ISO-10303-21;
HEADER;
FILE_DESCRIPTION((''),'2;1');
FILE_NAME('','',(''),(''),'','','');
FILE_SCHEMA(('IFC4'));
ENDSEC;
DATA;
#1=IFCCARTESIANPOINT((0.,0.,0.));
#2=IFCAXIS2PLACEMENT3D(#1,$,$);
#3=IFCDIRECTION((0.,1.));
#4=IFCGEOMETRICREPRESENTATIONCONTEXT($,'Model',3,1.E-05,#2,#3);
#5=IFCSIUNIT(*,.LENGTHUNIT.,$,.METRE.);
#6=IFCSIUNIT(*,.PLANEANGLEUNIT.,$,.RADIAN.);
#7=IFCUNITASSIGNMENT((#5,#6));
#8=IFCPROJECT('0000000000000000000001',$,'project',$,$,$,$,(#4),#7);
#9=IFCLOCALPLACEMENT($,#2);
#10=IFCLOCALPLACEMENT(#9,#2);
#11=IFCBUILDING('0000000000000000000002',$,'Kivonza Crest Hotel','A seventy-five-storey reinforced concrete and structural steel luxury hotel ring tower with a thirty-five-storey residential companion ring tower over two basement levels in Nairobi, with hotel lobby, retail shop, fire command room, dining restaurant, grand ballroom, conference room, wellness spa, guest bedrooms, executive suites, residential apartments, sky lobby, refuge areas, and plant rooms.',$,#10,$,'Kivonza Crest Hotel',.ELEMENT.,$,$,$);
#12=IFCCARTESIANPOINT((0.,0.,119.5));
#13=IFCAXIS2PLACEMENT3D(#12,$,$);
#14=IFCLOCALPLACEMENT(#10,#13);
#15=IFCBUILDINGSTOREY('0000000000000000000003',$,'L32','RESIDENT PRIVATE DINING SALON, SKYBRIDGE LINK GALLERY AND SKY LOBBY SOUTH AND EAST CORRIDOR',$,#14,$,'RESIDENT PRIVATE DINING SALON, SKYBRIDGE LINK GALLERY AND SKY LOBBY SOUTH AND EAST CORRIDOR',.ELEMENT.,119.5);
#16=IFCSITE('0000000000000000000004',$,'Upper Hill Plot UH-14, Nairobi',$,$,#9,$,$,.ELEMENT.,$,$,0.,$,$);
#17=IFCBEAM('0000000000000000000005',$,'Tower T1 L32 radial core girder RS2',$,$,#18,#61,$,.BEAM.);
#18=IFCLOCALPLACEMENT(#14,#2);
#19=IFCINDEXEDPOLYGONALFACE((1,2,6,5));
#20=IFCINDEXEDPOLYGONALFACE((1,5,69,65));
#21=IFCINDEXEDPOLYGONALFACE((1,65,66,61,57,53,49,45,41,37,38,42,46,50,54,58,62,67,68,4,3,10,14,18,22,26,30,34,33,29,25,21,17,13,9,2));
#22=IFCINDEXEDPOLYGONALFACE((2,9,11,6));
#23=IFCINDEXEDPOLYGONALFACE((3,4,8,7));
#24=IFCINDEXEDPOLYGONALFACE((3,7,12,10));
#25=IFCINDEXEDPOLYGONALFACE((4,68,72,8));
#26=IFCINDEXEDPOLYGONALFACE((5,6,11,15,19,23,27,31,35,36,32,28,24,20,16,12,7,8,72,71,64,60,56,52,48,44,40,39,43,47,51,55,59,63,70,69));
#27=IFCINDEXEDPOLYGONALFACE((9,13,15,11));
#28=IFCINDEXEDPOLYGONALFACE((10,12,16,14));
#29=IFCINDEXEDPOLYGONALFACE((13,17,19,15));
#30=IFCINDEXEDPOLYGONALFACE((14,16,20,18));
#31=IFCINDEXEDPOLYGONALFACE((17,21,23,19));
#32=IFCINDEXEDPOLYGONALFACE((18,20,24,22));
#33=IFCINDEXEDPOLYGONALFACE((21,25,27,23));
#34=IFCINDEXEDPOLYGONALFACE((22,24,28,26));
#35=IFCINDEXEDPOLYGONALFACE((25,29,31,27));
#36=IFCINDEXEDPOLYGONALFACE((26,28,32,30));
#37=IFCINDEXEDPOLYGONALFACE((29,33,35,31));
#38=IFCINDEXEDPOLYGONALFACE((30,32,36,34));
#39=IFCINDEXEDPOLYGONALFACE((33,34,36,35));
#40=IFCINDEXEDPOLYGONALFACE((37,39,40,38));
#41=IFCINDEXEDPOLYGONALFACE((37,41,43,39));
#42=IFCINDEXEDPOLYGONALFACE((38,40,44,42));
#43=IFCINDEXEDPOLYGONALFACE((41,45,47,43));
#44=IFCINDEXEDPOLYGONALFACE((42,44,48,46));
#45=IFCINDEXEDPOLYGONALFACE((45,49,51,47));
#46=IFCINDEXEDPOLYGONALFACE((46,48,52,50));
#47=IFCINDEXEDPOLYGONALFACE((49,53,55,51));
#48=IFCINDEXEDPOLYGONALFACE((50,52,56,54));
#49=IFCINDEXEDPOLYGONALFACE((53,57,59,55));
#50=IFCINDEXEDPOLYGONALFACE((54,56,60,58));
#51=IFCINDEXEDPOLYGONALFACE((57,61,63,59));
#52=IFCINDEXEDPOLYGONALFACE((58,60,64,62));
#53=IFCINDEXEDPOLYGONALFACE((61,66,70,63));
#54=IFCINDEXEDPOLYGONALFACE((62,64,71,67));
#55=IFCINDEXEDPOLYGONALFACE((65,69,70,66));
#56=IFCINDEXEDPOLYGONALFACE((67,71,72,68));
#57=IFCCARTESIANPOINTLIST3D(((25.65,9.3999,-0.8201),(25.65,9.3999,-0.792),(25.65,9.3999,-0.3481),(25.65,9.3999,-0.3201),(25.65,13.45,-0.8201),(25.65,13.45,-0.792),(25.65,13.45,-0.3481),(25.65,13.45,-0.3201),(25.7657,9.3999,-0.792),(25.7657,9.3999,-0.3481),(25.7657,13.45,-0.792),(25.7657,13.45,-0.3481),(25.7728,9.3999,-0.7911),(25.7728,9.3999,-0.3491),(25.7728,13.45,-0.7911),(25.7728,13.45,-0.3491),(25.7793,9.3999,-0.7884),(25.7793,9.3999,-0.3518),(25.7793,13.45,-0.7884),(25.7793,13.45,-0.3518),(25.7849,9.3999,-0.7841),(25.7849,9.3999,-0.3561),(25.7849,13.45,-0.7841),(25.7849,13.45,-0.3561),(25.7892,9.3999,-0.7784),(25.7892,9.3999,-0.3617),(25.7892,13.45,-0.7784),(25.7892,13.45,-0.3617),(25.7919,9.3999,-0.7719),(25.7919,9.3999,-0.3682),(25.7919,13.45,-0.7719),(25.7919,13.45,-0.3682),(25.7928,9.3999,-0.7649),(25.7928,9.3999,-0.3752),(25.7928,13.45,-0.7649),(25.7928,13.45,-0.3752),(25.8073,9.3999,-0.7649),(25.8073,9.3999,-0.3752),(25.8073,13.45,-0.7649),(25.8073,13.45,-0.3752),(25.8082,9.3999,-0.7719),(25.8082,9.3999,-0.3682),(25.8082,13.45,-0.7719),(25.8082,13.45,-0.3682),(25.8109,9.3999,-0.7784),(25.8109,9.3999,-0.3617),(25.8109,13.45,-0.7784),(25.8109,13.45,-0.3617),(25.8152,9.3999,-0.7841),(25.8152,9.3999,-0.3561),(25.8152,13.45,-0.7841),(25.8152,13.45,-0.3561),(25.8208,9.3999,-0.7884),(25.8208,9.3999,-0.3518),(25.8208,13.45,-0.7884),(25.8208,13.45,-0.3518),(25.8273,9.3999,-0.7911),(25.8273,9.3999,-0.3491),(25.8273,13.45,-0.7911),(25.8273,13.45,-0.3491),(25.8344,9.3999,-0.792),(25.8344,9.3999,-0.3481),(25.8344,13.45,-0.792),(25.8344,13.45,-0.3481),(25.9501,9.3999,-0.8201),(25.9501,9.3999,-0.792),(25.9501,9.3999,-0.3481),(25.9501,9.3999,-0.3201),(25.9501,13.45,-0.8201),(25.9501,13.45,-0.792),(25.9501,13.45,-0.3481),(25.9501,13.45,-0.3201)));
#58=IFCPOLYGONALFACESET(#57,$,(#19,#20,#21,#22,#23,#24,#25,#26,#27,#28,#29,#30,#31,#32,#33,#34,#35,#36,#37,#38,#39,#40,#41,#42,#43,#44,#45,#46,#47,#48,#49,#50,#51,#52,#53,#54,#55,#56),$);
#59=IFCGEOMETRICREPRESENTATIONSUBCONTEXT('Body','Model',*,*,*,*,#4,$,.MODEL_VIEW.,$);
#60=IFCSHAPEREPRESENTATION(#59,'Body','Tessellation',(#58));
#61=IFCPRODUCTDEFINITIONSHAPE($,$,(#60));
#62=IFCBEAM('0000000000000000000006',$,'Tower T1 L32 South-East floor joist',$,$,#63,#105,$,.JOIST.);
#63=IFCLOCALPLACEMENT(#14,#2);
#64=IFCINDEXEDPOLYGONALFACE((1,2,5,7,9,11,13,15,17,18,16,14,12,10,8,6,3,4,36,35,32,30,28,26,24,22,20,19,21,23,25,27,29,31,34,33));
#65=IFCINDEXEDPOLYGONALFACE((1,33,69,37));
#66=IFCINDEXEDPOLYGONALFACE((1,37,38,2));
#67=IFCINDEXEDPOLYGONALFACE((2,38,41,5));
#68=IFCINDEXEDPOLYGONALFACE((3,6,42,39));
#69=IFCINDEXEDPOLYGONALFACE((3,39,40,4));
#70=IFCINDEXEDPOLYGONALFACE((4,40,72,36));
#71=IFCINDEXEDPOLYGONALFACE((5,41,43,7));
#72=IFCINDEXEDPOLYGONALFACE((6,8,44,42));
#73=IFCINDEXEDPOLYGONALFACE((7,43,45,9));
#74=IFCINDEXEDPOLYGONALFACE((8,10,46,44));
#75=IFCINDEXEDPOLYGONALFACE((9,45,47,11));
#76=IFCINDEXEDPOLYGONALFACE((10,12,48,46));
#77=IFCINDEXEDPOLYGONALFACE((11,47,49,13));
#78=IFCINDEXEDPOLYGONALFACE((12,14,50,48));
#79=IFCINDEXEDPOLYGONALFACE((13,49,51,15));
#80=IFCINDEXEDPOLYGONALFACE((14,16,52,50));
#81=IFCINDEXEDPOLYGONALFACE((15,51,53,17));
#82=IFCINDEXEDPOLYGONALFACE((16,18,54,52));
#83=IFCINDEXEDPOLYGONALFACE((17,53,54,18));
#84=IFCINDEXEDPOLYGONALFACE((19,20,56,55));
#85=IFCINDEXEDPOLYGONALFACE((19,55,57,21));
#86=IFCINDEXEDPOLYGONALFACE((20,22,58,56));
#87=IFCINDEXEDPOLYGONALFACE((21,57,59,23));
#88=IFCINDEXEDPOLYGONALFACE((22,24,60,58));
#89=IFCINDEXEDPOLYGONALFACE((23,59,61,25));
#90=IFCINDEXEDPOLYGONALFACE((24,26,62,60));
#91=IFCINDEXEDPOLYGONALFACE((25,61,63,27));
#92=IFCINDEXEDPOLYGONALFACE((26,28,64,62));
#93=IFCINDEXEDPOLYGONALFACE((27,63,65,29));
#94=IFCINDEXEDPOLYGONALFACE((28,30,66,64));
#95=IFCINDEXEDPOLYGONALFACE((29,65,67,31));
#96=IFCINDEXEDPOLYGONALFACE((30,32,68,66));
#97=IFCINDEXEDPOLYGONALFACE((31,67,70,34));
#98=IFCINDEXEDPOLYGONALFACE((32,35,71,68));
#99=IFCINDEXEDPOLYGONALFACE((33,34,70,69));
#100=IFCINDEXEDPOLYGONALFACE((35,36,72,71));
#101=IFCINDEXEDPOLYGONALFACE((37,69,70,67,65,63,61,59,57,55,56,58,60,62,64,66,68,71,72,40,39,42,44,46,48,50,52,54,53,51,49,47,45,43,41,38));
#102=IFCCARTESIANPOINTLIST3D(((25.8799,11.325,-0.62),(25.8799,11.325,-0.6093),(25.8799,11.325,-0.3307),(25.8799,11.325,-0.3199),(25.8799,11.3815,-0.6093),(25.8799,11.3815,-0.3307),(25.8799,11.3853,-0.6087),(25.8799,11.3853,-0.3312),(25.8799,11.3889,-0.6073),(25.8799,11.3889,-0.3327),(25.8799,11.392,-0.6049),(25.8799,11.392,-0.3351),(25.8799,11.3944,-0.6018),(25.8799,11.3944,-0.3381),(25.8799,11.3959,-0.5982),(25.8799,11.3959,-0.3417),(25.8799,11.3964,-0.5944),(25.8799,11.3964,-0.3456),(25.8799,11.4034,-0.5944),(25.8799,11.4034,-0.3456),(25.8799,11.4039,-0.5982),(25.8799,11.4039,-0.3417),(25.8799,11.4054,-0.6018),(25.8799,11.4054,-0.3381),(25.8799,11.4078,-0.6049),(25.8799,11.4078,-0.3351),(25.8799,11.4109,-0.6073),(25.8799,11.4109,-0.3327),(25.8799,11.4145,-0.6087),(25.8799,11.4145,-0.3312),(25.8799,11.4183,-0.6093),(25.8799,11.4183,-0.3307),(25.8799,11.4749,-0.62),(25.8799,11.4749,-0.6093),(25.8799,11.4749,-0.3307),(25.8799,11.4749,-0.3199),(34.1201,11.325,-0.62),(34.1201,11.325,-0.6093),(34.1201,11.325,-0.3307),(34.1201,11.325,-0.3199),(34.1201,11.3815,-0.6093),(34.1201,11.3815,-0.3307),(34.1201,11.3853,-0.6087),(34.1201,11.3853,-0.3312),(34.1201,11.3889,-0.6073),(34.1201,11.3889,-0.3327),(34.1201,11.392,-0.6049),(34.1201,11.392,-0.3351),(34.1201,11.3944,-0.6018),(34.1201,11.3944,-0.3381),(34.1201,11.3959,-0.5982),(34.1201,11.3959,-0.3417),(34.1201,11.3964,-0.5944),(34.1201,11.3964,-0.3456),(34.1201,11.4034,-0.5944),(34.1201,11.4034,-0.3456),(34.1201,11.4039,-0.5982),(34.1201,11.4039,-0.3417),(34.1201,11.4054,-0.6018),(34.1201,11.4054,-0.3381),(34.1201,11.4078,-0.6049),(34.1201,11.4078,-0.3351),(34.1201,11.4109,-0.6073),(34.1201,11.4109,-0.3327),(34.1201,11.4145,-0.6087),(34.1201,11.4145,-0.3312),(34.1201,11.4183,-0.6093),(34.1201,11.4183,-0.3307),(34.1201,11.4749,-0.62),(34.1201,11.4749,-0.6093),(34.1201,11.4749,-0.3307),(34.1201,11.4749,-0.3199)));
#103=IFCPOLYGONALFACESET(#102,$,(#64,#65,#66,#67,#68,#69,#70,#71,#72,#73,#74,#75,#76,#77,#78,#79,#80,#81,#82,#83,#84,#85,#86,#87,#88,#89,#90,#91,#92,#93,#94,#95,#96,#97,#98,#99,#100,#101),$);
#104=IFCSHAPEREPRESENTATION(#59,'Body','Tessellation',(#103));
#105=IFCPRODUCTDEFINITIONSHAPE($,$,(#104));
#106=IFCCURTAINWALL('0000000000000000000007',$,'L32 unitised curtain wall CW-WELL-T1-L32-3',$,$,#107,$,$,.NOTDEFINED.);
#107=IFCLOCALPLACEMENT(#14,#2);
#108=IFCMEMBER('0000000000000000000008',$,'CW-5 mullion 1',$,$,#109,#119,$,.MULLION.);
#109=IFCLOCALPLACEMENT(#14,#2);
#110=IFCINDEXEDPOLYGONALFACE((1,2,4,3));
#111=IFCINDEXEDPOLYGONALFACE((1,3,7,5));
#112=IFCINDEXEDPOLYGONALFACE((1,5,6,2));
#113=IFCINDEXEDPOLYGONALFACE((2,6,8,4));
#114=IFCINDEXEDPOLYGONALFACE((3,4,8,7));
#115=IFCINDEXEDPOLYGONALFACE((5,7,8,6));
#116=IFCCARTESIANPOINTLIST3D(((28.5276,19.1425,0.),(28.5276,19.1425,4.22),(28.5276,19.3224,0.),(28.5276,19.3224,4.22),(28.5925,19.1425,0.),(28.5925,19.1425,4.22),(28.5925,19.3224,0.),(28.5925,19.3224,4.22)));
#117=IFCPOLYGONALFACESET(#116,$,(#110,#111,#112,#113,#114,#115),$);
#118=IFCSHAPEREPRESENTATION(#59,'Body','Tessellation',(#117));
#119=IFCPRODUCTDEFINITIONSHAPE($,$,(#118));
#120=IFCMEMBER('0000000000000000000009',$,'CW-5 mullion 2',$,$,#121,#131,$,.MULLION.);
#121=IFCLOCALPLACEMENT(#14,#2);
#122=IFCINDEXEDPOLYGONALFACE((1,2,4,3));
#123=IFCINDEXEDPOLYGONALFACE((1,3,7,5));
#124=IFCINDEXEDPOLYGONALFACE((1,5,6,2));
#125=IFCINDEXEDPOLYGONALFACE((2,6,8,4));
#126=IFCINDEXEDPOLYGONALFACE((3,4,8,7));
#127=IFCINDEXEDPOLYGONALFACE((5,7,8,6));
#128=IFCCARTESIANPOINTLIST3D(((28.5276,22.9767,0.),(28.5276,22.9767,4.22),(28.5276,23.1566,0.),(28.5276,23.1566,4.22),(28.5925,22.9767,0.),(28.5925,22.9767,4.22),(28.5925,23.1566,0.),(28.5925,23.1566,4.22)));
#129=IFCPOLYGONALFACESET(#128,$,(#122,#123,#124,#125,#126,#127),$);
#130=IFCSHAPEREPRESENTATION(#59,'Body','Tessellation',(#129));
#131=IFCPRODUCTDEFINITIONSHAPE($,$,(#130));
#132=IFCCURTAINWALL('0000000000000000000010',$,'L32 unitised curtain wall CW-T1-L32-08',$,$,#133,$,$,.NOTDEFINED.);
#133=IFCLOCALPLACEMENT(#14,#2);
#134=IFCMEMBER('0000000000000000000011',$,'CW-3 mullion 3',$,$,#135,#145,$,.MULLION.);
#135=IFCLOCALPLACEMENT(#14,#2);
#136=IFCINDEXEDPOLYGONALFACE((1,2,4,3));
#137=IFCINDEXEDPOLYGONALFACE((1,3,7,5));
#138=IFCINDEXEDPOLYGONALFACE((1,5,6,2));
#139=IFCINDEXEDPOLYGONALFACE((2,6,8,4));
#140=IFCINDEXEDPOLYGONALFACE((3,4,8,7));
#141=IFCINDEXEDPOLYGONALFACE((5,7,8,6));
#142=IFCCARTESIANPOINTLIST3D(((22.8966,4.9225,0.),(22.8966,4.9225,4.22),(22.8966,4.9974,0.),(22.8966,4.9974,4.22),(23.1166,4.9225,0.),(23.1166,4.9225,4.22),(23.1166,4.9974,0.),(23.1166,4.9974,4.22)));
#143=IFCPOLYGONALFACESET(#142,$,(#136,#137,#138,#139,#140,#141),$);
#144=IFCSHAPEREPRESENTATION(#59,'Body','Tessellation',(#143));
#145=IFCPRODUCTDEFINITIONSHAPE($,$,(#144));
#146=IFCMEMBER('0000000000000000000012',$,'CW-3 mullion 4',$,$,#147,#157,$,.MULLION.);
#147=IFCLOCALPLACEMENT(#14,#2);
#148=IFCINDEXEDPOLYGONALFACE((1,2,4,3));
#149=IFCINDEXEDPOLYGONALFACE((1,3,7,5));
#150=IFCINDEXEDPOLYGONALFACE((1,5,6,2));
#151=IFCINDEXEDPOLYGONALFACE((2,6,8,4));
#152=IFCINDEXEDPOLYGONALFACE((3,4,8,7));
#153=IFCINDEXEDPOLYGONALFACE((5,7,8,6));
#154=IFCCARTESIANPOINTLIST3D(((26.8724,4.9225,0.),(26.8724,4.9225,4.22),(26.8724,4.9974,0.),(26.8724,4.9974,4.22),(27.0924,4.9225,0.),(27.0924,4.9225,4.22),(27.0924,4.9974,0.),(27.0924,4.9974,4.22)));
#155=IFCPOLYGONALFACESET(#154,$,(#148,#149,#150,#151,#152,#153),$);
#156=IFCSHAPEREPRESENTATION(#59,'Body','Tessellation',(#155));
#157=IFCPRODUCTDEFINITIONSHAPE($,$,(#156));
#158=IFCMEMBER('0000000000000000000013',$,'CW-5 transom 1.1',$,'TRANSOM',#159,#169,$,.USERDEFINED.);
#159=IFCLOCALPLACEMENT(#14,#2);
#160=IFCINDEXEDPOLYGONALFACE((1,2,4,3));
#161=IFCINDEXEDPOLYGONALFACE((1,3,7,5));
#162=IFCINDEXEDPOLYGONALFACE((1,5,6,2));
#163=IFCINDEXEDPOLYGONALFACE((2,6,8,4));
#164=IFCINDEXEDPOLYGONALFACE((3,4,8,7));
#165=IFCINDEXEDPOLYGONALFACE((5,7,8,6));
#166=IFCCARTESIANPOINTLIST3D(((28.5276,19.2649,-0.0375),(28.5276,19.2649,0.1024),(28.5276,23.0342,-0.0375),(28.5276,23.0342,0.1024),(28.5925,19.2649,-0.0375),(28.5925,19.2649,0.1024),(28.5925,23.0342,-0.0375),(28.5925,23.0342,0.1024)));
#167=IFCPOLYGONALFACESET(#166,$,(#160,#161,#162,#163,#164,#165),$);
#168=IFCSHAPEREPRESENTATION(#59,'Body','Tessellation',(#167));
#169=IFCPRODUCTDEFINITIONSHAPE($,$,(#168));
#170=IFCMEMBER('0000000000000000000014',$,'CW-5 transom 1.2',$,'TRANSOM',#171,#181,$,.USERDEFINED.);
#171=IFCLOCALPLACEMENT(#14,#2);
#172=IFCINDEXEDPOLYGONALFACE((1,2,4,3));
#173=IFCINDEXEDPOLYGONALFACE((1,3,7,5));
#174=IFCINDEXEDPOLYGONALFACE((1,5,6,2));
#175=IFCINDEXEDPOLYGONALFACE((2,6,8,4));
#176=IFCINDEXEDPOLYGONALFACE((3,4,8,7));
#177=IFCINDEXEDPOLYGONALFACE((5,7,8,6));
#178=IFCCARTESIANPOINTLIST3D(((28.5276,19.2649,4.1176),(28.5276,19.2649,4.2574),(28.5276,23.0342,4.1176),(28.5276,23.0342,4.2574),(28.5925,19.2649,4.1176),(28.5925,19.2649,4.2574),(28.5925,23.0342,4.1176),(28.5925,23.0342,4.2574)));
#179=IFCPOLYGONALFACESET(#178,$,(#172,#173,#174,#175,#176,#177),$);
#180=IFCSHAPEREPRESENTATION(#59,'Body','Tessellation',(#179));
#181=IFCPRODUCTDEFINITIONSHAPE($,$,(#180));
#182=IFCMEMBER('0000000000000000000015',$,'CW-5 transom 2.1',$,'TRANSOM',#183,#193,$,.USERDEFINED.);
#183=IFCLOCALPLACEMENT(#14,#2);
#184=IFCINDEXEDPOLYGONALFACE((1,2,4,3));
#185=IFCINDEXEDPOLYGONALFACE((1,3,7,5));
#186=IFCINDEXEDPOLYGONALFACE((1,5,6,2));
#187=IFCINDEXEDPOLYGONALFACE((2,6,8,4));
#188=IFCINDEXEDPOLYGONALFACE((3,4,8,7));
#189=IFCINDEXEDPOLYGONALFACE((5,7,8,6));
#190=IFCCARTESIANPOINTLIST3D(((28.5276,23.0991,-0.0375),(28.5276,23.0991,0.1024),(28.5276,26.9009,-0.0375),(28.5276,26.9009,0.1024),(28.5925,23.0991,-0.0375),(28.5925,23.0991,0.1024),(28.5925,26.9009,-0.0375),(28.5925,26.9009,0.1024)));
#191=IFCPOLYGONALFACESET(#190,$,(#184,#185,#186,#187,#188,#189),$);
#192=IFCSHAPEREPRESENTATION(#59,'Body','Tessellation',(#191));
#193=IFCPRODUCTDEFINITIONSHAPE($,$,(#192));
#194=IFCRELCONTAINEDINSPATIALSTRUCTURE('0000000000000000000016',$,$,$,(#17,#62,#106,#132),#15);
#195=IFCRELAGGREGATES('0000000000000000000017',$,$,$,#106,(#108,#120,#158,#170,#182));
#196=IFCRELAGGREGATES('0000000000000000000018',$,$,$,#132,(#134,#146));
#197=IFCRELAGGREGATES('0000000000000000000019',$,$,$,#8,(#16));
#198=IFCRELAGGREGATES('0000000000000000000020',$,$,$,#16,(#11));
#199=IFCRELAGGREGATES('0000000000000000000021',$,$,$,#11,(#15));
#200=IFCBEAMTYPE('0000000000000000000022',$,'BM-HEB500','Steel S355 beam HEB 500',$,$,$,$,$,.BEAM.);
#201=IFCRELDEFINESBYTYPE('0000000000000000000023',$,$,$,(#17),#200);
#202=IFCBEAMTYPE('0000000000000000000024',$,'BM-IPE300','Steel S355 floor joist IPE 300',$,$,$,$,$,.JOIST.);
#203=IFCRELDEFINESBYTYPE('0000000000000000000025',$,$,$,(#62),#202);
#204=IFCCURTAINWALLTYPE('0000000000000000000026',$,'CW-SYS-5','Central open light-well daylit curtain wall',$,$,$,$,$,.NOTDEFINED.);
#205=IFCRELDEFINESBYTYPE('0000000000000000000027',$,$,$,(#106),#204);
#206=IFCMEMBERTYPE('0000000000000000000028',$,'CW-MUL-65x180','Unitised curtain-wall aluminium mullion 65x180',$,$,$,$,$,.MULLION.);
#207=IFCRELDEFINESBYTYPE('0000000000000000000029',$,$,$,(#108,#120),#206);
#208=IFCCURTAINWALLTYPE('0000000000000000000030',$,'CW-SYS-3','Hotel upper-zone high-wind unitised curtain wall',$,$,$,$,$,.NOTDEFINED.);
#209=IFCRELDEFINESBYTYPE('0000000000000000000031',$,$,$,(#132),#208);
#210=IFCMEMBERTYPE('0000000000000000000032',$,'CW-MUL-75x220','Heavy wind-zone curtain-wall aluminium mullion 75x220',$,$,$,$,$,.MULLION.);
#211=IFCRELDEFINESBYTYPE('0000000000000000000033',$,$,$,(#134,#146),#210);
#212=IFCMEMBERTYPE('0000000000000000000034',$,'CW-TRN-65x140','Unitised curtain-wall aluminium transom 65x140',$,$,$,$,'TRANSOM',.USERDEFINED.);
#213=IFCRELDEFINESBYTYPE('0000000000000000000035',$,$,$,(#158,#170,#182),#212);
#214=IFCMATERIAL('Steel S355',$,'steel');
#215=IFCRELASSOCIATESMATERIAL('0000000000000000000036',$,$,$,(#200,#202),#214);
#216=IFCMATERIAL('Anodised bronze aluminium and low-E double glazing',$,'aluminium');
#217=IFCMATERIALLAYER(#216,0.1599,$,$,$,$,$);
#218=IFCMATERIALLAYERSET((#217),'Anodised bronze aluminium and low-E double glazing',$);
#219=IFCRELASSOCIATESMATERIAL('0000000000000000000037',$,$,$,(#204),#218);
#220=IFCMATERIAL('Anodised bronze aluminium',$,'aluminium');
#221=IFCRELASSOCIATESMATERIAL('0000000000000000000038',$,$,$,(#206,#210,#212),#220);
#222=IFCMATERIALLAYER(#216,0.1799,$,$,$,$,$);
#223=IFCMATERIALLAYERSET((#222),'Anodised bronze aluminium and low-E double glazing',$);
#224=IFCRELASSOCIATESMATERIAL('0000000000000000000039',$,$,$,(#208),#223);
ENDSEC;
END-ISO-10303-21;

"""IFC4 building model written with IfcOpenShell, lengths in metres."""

from ifc_helpers import new_model, si_unit, direction, frame, origin, origin_2d, place, context, subcontext, project, spatial, rectangle, i_section, extrude, material, layer, layer_set, material_profile, profile_set, type_object, element, aggregate, save


model = new_model("IFC4")

# Units and contexts
model_context = context("Model", 3, precision=1e-05, world=origin(), true_north=direction((0.0, 1.0)))
body_context = subcontext(model_context, "Body", "Model", "MODEL_VIEW")
ifc_project = project(units=[si_unit("LENGTHUNIT", "METRE"), si_unit("PLANEANGLEUNIT", "RADIAN")], contexts=[model_context])

# Site, building, storey
site_placement = place(None, origin())
site = spatial("IfcSite", under=ifc_project, at=site_placement, Name="Upper Hill Plot UH-14, Nairobi", CompositionType="ELEMENT", RefElevation=0.0)
building_placement = place(site_placement, origin())
building = spatial("IfcBuilding", under=site, at=building_placement, Name="Kivonza Crest Hotel", Description="A seventy-five-storey reinforced concrete and structural steel luxury hotel ring tower with a thirty-five-storey residential companion ring tower over two basement levels in Nairobi, with hotel lobby, retail shop, fire command room, dining restaurant, grand ballroom, conference room, wellness spa, guest bedrooms, executive suites, residential apartments, sky lobby, refuge areas, and plant rooms.", LongName="Kivonza Crest Hotel", CompositionType="ELEMENT")
storey_placement = place(building_placement, frame((0.0, 0.0, 119.5)))
storey = spatial("IfcBuildingStorey", under=building, at=storey_placement, Name="L32", Description="RESIDENT PRIVATE DINING SALON, SKYBRIDGE LINK GALLERY AND SKY LOBBY SOUTH AND EAST CORRIDOR", LongName="RESIDENT PRIVATE DINING SALON, SKYBRIDGE LINK GALLERY AND SKY LOBBY SOUTH AND EAST CORRIDOR", CompositionType="ELEMENT", Elevation=119.5)

# Shared definitions
ifc_material_1 = material(Name="Steel S355", Category="steel")

# Beams
ifc_material_profile_1 = material_profile(ifc_material_1, i_section(OverallWidth=0.3, OverallDepth=0.5, WebThickness=0.0144, FlangeThickness=0.0281, FilletRadius=0.0271, at=origin_2d()), Name="HEB 500")
ifc_profile_set_1 = profile_set([ifc_material_profile_1], Name="Steel S355")
beam_type_1 = type_object("IfcBeamType", Name="BM-HEB500", Description="Steel S355 beam HEB 500", PredefinedType="BEAM", material=ifc_profile_set_1)
beam_1_placement = place(storey_placement, frame((25.8, 9.3999, -0.5701), z_axis=(0.0, 1.0, 0.0), x_axis=(-1.0, 0.0, 0.0)))
element("IfcBeam", 1, at=beam_1_placement, inside=storey, type_object=beam_type_1, Name="Tower T1 L32 radial core girder RS2", PredefinedType="BEAM", context=body_context, shape_type="SweptSolid", body=[
    extrude(i_section(OverallWidth=0.3, OverallDepth=0.5, WebThickness=0.0144, FlangeThickness=0.0281, FilletRadius=0.0271, at=origin_2d()), origin(), (0.0, 0.0, 1.0), 4.05),
])
ifc_material_profile_2 = material_profile(ifc_material_1, i_section(OverallWidth=0.1499, OverallDepth=0.3, WebThickness=0.0071, FlangeThickness=0.0107, FilletRadius=0.0149, at=origin_2d()), Name="IPE 300")
ifc_profile_set_2 = profile_set([ifc_material_profile_2], Name="Steel S355")
beam_type_2 = type_object("IfcBeamType", Name="BM-IPE300", Description="Steel S355 floor joist IPE 300", PredefinedType="JOIST", material=ifc_profile_set_2)
beam_2_placement = place(storey_placement, frame((25.8799, 11.3999, -0.47), z_axis=(1.0, 0.0, 0.0), x_axis=(0.0, 1.0, 0.0)))
element("IfcBeam", 2, at=beam_2_placement, inside=storey, type_object=beam_type_2, Name="Tower T1 L32 South-East floor joist", PredefinedType="JOIST", context=body_context, shape_type="SweptSolid", body=[
    extrude(i_section(OverallWidth=0.1499, OverallDepth=0.3, WebThickness=0.0071, FlangeThickness=0.0107, FilletRadius=0.0149, at=origin_2d()), origin(), (0.0, 0.0, 1.0), 8.2402),
])

# Curtain walls, members
ifc_material_2 = material(Name="Anodised bronze aluminium and low-E double glazing", Category="aluminium")
ifc_layer_1 = layer(ifc_material_2, 0.1599)
ifc_layer_set_1 = layer_set([ifc_layer_1], Name="Anodised bronze aluminium and low-E double glazing")
curtain_wall_type_1 = type_object("IfcCurtainWallType", Name="CW-SYS-5", Description="Central open light-well daylit curtain wall", PredefinedType="NOTDEFINED", material=ifc_layer_set_1)
curtain_wall_1_placement = place(storey_placement, origin())
curtain_wall_1 = element("IfcCurtainWall", 3, at=curtain_wall_1_placement, inside=storey, type_object=curtain_wall_type_1, Name="L32 unitised curtain wall CW-WELL-T1-L32-3", PredefinedType="NOTDEFINED")
ifc_material_3 = material(Name="Anodised bronze aluminium", Category="aluminium")
ifc_material_profile_3 = material_profile(ifc_material_3, rectangle(XDim=0.0649, YDim=0.1799, at=origin_2d()), Name="CW-M 65x180")
ifc_profile_set_3 = profile_set([ifc_material_profile_3], Name="Anodised bronze aluminium")
member_type_1 = type_object("IfcMemberType", Name="CW-MUL-65x180", Description="Unitised curtain-wall aluminium mullion 65x180", PredefinedType="MULLION", material=ifc_profile_set_3)
member_1_placement = place(storey_placement, frame((28.5601, 19.2324, 0.0), z_axis=(0.0, 0.0, 1.0), x_axis=(-1.0, 0.0, 0.0)))
member_1 = element("IfcMember", 4, at=member_1_placement, type_object=member_type_1, Name="CW-5 mullion 1", PredefinedType="MULLION", context=body_context, shape_type="SweptSolid", body=[
    extrude(rectangle(XDim=0.0649, YDim=0.1799, at=origin_2d()), origin(), (0.0, 0.0, 1.0), 4.22),
])
member_2_placement = place(storey_placement, frame((28.5601, 23.0667, 0.0), z_axis=(0.0, 0.0, 1.0), x_axis=(-1.0, 0.0, 0.0)))
member_2 = element("IfcMember", 5, at=member_2_placement, type_object=member_type_1, Name="CW-5 mullion 2", PredefinedType="MULLION", context=body_context, shape_type="SweptSolid", body=[
    extrude(rectangle(XDim=0.0649, YDim=0.1799, at=origin_2d()), origin(), (0.0, 0.0, 1.0), 4.22),
])
ifc_layer_2 = layer(ifc_material_2, 0.1799)
ifc_layer_set_2 = layer_set([ifc_layer_2], Name="Anodised bronze aluminium and low-E double glazing")
curtain_wall_type_2 = type_object("IfcCurtainWallType", Name="CW-SYS-3", Description="Hotel upper-zone high-wind unitised curtain wall", PredefinedType="NOTDEFINED", material=ifc_layer_set_2)
curtain_wall_2_placement = place(storey_placement, origin())
curtain_wall_2 = element("IfcCurtainWall", 6, at=curtain_wall_2_placement, inside=storey, type_object=curtain_wall_type_2, Name="L32 unitised curtain wall CW-T1-L32-08", PredefinedType="NOTDEFINED")
ifc_material_profile_4 = material_profile(ifc_material_3, rectangle(XDim=0.075, YDim=0.22, at=origin_2d()), Name="CW-M 75x220")
ifc_profile_set_4 = profile_set([ifc_material_profile_4], Name="Anodised bronze aluminium")
member_type_2 = type_object("IfcMemberType", Name="CW-MUL-75x220", Description="Heavy wind-zone curtain-wall aluminium mullion 75x220", PredefinedType="MULLION", material=ifc_profile_set_4)
member_3_placement = place(storey_placement, frame((23.0066, 4.96, 0.0), z_axis=(0.0, 0.0, 1.0), x_axis=(0.0, 1.0, 0.0)))
member_3 = element("IfcMember", 7, at=member_3_placement, type_object=member_type_2, Name="CW-3 mullion 3", PredefinedType="MULLION", context=body_context, shape_type="SweptSolid", body=[
    extrude(rectangle(XDim=0.075, YDim=0.22, at=origin_2d()), origin(), (0.0, 0.0, 1.0), 4.22),
])
member_4_placement = place(storey_placement, frame((26.9824, 4.96, 0.0), z_axis=(0.0, 0.0, 1.0), x_axis=(0.0, 1.0, 0.0)))
member_4 = element("IfcMember", 8, at=member_4_placement, type_object=member_type_2, Name="CW-3 mullion 4", PredefinedType="MULLION", context=body_context, shape_type="SweptSolid", body=[
    extrude(rectangle(XDim=0.075, YDim=0.22, at=origin_2d()), origin(), (0.0, 0.0, 1.0), 4.22),
])

# Members
ifc_material_profile_5 = material_profile(ifc_material_3, rectangle(XDim=0.0649, YDim=0.1399, at=origin_2d()), Name="CW-T 65x140")
ifc_profile_set_5 = profile_set([ifc_material_profile_5], Name="Anodised bronze aluminium")
member_type_3 = type_object("IfcMemberType", Name="CW-TRN-65x140", Description="Unitised curtain-wall aluminium transom 65x140", ElementType="TRANSOM", PredefinedType="USERDEFINED", material=ifc_profile_set_5)
member_5_placement = place(storey_placement, frame((28.5601, 19.2649, 0.0325), z_axis=(0.0, 1.0, 0.0), x_axis=(-1.0, 0.0, 0.0)))
member_5 = element("IfcMember", 9, at=member_5_placement, type_object=member_type_3, Name="CW-5 transom 1.1", ObjectType="TRANSOM", PredefinedType="USERDEFINED", context=body_context, shape_type="SweptSolid", body=[
    extrude(rectangle(XDim=0.0649, YDim=0.1399, at=origin_2d()), origin(), (0.0, 0.0, 1.0), 3.7693),
])
member_6_placement = place(storey_placement, frame((28.5601, 19.2649, 4.1875), z_axis=(0.0, 1.0, 0.0), x_axis=(-1.0, 0.0, 0.0)))
member_6 = element("IfcMember", 10, at=member_6_placement, type_object=member_type_3, Name="CW-5 transom 1.2", ObjectType="TRANSOM", PredefinedType="USERDEFINED", context=body_context, shape_type="SweptSolid", body=[
    extrude(rectangle(XDim=0.0649, YDim=0.1399, at=origin_2d()), origin(), (0.0, 0.0, 1.0), 3.7693),
])
member_7_placement = place(storey_placement, frame((28.5601, 23.0991, 0.0325), z_axis=(0.0, 1.0, 0.0), x_axis=(-1.0, 0.0, 0.0)))
member_7 = element("IfcMember", 11, at=member_7_placement, type_object=member_type_3, Name="CW-5 transom 2.1", ObjectType="TRANSOM", PredefinedType="USERDEFINED", context=body_context, shape_type="SweptSolid", body=[
    extrude(rectangle(XDim=0.0649, YDim=0.1399, at=origin_2d()), origin(), (0.0, 0.0, 1.0), 3.8018),
])

aggregate(curtain_wall_1, [member_1, member_2, member_5, member_6, member_7])
aggregate(curtain_wall_2, [member_3, member_4])

save(model, "model.ifc")
